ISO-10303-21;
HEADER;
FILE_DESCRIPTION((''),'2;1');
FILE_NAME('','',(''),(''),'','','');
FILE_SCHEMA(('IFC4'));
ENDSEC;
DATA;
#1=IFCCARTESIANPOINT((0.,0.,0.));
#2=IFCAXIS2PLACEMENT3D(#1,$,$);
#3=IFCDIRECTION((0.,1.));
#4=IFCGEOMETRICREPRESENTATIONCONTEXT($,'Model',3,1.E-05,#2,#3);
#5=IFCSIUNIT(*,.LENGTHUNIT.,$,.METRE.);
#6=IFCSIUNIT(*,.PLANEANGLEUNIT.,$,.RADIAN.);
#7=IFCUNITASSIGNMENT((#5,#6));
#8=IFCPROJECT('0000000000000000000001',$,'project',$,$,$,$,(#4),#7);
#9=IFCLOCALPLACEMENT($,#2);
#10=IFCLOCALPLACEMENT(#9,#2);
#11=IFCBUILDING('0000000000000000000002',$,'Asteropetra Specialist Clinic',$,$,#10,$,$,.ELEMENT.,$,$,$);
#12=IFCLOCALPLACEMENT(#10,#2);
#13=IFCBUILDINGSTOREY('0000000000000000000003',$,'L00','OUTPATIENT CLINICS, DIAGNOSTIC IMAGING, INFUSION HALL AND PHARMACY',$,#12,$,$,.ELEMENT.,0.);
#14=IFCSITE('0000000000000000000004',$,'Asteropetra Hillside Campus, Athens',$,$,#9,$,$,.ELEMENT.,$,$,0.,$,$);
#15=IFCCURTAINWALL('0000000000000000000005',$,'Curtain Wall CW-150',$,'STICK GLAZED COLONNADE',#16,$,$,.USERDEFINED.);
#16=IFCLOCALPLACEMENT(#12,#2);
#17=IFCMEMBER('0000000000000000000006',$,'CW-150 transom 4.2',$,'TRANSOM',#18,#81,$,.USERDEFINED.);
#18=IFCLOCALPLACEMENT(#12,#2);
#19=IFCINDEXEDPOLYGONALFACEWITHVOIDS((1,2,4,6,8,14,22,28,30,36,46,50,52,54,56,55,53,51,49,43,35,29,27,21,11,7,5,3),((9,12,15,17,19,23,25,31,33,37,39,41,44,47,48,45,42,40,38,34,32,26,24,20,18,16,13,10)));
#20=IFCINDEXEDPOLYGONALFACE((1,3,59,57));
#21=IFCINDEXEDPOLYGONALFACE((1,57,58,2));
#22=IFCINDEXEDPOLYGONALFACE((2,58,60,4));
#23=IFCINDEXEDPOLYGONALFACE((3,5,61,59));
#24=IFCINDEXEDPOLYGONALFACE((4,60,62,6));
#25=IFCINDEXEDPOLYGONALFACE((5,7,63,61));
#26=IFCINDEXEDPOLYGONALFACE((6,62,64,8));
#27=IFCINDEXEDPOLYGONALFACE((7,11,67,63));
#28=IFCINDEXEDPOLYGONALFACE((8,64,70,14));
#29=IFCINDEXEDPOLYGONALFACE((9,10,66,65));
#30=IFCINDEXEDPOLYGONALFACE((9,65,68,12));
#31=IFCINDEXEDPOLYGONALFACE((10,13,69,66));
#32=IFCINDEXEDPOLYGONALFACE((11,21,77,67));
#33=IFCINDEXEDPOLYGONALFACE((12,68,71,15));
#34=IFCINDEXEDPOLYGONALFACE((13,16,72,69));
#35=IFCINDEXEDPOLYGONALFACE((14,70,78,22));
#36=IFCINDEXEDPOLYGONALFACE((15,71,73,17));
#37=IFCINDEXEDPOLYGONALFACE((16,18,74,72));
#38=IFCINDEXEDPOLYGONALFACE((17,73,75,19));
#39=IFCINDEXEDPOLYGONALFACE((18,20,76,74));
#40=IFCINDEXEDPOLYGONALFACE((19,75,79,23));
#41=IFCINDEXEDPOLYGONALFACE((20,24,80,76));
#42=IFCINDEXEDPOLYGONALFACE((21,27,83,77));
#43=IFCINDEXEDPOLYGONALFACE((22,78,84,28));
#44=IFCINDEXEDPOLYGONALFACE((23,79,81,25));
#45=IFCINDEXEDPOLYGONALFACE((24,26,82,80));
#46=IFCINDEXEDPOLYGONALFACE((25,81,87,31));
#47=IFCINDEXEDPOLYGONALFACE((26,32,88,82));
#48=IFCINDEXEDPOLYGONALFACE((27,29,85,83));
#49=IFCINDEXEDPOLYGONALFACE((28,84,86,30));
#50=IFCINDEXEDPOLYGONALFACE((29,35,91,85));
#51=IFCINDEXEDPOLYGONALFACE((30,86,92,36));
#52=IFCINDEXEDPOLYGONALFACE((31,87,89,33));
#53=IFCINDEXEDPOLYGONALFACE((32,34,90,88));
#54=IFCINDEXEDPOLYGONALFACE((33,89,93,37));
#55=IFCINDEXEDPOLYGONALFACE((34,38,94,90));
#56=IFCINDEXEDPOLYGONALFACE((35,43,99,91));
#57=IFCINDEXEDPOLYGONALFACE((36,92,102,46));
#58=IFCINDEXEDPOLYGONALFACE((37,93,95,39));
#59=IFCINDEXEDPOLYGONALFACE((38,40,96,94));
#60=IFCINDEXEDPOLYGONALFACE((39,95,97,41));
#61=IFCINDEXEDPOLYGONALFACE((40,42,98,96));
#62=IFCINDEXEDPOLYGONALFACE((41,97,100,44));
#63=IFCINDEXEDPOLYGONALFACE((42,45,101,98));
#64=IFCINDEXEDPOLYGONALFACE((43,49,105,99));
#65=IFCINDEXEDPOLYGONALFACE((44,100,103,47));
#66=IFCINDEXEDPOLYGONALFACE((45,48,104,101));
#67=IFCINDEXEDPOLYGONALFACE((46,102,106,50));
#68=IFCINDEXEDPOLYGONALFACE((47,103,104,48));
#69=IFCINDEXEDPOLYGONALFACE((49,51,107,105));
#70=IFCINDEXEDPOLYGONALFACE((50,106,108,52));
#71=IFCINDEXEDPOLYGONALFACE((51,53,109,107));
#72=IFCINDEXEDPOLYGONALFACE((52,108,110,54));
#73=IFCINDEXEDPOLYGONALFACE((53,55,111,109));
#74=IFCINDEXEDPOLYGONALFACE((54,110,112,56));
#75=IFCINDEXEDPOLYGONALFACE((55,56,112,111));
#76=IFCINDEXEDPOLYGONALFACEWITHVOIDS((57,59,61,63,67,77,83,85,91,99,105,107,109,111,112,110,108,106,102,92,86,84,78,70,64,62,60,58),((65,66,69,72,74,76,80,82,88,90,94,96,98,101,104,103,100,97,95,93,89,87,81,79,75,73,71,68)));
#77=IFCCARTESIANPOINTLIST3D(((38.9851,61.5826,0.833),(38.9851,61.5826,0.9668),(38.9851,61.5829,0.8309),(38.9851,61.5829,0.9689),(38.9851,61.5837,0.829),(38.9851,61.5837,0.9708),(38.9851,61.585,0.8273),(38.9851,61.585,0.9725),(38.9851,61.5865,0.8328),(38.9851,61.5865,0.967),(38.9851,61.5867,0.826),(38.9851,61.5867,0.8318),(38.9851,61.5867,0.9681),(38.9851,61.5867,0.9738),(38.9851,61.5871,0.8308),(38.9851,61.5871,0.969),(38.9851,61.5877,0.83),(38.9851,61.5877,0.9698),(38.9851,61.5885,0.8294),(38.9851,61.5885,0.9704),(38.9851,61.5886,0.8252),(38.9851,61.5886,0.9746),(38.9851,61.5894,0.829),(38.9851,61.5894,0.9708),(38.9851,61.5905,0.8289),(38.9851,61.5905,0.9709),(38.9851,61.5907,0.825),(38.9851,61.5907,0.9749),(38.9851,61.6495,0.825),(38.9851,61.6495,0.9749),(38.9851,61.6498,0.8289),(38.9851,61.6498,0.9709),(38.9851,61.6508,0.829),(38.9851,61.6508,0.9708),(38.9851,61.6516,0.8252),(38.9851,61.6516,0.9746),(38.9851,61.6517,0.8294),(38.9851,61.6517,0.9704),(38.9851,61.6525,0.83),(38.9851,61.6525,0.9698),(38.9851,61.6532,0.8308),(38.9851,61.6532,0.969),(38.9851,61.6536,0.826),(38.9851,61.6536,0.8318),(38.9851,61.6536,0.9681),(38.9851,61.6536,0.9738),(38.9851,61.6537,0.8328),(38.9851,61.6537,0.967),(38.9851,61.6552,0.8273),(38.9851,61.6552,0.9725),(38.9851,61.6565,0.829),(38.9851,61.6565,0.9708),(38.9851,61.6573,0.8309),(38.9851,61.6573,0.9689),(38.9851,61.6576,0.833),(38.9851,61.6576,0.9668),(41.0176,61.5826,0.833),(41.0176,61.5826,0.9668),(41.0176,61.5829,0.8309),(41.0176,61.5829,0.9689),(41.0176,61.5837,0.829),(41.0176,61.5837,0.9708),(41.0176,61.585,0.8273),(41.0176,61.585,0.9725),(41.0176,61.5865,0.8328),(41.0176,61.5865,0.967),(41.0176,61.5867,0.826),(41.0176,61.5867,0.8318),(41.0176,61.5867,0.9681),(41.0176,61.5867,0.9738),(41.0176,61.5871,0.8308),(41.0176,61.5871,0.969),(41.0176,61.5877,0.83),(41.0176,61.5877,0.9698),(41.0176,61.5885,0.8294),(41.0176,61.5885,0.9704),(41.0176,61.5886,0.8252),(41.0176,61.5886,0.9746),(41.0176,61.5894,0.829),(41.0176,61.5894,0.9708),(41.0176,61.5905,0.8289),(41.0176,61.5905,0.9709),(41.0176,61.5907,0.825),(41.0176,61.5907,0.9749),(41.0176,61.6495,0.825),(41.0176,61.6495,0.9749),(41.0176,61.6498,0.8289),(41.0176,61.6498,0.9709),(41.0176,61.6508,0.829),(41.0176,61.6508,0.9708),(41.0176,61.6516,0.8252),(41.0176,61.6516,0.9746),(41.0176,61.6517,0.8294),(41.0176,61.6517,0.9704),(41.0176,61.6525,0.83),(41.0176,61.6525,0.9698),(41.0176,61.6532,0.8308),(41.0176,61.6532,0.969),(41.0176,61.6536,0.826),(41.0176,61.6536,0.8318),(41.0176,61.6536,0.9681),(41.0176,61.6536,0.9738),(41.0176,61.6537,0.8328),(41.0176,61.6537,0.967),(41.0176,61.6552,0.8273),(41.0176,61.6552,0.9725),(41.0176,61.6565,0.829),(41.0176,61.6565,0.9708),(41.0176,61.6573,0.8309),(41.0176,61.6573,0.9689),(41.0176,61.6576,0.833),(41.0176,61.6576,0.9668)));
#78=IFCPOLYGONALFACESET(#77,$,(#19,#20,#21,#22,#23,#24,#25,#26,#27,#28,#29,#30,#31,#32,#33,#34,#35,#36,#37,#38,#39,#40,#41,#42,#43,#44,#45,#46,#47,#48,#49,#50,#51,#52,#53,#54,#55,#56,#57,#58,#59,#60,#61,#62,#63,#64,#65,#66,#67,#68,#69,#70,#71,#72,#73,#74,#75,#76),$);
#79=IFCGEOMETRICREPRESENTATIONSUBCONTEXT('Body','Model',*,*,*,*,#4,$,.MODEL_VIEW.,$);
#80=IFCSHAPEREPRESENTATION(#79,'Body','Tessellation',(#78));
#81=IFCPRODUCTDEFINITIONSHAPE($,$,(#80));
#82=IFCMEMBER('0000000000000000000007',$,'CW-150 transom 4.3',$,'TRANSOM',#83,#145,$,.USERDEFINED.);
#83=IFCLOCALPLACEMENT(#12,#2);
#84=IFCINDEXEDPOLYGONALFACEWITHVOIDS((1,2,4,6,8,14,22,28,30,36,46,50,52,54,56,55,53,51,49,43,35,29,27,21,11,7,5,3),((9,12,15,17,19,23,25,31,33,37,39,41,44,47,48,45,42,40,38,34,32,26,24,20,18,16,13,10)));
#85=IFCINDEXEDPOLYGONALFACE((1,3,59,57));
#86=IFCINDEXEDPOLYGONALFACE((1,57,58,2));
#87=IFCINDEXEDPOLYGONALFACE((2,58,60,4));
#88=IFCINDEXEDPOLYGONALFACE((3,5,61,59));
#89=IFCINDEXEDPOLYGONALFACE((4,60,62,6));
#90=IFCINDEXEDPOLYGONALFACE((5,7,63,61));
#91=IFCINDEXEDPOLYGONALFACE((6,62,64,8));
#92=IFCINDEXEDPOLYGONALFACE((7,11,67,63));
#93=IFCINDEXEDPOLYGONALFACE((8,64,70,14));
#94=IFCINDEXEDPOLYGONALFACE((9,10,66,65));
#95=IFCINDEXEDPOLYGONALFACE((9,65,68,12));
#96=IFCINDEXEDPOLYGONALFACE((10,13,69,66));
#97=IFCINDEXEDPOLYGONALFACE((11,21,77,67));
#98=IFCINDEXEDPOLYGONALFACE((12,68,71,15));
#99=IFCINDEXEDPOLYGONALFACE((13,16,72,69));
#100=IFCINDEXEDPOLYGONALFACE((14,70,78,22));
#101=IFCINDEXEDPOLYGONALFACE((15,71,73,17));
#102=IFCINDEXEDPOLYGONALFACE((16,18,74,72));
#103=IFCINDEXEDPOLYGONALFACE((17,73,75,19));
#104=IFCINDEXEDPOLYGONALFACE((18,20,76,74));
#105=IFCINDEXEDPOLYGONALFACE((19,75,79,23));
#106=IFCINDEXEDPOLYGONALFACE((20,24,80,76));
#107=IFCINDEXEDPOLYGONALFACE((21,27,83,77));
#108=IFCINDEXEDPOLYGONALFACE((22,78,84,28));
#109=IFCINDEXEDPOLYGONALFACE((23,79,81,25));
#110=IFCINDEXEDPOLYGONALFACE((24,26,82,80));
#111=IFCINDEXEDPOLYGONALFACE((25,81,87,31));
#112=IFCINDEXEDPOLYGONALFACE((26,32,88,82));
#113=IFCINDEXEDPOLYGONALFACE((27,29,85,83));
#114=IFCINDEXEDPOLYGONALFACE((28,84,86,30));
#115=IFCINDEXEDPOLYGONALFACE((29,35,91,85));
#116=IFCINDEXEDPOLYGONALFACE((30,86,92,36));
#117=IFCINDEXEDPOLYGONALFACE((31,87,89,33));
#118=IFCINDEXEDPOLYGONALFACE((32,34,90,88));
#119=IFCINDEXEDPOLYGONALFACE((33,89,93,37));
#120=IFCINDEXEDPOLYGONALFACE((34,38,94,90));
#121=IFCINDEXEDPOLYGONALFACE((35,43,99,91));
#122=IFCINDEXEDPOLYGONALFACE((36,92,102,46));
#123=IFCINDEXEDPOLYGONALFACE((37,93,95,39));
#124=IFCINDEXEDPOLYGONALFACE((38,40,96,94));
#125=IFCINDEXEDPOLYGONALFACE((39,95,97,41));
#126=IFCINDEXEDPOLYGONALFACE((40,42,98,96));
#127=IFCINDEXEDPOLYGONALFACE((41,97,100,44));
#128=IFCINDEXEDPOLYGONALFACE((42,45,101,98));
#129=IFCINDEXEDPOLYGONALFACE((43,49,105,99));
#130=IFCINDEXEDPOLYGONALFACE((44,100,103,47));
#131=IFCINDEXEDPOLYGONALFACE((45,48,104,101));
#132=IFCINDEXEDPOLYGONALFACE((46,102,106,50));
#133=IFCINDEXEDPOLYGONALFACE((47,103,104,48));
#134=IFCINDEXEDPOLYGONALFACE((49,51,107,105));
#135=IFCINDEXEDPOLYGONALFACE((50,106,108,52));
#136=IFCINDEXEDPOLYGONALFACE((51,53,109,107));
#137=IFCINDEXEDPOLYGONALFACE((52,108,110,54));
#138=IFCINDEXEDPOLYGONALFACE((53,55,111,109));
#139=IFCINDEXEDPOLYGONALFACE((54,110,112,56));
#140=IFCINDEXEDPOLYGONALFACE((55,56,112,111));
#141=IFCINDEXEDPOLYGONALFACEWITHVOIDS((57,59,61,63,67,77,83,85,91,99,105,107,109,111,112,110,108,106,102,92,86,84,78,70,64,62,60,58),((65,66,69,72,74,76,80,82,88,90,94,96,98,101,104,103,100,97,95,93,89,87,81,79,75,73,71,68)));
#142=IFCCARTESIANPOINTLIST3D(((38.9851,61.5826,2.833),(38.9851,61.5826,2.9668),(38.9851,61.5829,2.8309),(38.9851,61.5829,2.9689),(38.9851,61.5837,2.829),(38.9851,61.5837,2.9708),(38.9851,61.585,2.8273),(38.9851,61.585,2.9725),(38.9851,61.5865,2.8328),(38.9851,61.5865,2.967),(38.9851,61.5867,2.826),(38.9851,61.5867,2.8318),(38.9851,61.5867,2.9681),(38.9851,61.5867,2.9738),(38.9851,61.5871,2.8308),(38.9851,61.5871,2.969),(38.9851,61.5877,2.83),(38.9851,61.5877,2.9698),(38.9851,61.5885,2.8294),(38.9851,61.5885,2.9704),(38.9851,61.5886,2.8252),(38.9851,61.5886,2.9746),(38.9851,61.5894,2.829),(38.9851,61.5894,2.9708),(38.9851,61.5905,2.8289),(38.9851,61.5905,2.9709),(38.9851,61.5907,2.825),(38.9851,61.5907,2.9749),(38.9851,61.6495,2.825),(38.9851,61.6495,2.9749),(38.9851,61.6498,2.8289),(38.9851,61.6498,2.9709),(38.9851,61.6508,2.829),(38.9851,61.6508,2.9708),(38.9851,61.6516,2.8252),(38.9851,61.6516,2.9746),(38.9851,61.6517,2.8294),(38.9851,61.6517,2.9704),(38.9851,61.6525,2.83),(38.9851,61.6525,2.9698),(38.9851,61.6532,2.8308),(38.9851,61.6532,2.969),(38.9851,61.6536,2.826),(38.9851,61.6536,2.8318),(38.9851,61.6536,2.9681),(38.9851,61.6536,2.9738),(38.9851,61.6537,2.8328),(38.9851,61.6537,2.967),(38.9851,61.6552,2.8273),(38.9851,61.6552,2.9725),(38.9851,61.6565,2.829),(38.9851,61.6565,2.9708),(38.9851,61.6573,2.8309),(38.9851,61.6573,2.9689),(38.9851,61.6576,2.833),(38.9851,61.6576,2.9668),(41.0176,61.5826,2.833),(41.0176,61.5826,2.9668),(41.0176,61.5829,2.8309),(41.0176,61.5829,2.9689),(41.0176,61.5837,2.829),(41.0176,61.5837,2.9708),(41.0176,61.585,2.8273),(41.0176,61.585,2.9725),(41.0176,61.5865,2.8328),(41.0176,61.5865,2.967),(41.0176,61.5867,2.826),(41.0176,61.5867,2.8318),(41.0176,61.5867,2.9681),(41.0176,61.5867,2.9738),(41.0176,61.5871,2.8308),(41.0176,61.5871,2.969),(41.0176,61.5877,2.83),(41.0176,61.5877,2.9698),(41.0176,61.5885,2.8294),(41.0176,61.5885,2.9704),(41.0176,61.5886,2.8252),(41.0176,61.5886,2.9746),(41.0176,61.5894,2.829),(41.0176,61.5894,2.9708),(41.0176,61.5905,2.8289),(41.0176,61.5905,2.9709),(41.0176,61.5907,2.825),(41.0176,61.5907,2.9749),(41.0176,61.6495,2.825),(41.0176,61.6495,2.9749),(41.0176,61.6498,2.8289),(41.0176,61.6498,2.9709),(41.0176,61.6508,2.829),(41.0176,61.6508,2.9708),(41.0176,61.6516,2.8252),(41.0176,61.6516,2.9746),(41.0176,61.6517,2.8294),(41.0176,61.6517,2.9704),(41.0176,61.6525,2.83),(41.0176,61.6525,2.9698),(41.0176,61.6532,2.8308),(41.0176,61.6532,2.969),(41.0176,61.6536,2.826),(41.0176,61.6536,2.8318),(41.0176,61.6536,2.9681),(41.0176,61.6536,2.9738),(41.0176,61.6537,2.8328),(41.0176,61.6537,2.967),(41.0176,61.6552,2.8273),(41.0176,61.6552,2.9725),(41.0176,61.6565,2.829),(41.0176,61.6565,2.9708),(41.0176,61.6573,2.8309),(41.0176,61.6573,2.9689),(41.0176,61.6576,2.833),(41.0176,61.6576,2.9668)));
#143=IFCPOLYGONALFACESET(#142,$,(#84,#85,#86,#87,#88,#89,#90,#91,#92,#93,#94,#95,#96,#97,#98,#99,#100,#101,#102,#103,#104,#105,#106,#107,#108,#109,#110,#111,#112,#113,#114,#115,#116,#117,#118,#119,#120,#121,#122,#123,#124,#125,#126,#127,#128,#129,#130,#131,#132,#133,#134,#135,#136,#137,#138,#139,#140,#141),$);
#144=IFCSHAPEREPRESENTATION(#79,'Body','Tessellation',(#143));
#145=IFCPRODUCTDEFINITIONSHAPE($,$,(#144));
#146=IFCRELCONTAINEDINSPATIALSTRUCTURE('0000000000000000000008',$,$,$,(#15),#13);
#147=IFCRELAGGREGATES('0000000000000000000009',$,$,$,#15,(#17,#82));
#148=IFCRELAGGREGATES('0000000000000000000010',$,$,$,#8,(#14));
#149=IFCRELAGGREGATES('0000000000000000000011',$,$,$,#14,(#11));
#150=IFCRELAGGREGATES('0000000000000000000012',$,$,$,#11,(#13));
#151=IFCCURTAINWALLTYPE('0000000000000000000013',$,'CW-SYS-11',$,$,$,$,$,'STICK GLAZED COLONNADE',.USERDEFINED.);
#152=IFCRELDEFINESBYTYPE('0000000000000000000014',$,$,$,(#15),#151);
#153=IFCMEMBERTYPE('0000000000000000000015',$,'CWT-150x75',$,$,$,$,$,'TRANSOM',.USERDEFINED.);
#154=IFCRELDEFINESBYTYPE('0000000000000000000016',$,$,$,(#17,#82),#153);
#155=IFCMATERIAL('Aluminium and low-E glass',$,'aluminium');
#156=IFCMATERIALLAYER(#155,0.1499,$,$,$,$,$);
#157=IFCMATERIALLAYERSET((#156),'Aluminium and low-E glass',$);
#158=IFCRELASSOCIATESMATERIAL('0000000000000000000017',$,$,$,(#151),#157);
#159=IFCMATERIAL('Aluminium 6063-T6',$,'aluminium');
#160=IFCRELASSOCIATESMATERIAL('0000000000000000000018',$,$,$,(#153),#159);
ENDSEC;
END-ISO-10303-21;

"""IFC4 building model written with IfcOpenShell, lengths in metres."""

from ifc_helpers import new_model, si_unit, direction, frame, origin, origin_2d, place, context, subcontext, project, spatial, hollow_rectangle, extrude, material, layer, layer_set, material_profile, profile_set, type_object, element, aggregate, save


model = new_model("IFC4")

# Units and contexts
model_context = context("Model", 3, precision=1e-05, world=origin(), true_north=direction((0.0, 1.0)))
body_context = subcontext(model_context, "Body", "Model", "MODEL_VIEW")
ifc_project = project(units=[si_unit("LENGTHUNIT", "METRE"), si_unit("PLANEANGLEUNIT", "RADIAN")], contexts=[model_context])

# Site, building, storey
site_placement = place(None, origin())
site = spatial("IfcSite", under=ifc_project, at=site_placement, Name="Asteropetra Hillside Campus, Athens", CompositionType="ELEMENT", RefElevation=0.0)
building_placement = place(site_placement, origin())
building = spatial("IfcBuilding", under=site, at=building_placement, Name="Asteropetra Specialist Clinic", CompositionType="ELEMENT")
storey_placement = place(building_placement, origin())
storey = spatial("IfcBuildingStorey", under=building, at=storey_placement, Name="L00", Description="OUTPATIENT CLINICS, DIAGNOSTIC IMAGING, INFUSION HALL AND PHARMACY", CompositionType="ELEMENT", Elevation=0.0)

# Curtain wall, members
ifc_material_1 = material(Name="Aluminium and low-E glass", Category="aluminium")
ifc_layer_1 = layer(ifc_material_1, 0.1499)
ifc_layer_set_1 = layer_set([ifc_layer_1], Name="Aluminium and low-E glass")
curtain_wall_type = type_object("IfcCurtainWallType", Name="CW-SYS-11", ElementType="STICK GLAZED COLONNADE", PredefinedType="USERDEFINED", material=ifc_layer_set_1)
curtain_wall_placement = place(storey_placement, origin())
curtain_wall = element("IfcCurtainWall", 1, at=curtain_wall_placement, inside=storey, type_object=curtain_wall_type, Name="Curtain Wall CW-150", ObjectType="STICK GLAZED COLONNADE", PredefinedType="USERDEFINED")
ifc_material_2 = material(Name="Aluminium 6063-T6", Category="aluminium")
ifc_material_profile_1 = material_profile(ifc_material_2, hollow_rectangle(XDim=0.075, YDim=0.1499, WallThickness=0.0039, InnerFilletRadius=0.0039, OuterFilletRadius=0.0081, at=origin_2d()), Name="TRN 150x75x4.0")
ifc_profile_set_1 = profile_set([ifc_material_profile_1], Name="Aluminium 6063-T6")
member_type_1 = type_object("IfcMemberType", Name="CWT-150x75", ElementType="TRANSOM", PredefinedType="USERDEFINED", material=ifc_profile_set_1)
member_1_placement = place(storey_placement, frame((41.0176, 61.6201, 0.8999), z_axis=(-1.0, 0.0, 0.0), x_axis=(0.0, -1.0, 0.0)))
member_1 = element("IfcMember", 2, at=member_1_placement, type_object=member_type_1, Name="CW-150 transom 4.2", ObjectType="TRANSOM", PredefinedType="USERDEFINED", context=body_context, shape_type="SweptSolid", body=[
    extrude(hollow_rectangle(XDim=0.075, YDim=0.1499, WallThickness=0.0039, InnerFilletRadius=0.0039, OuterFilletRadius=0.0081, at=origin_2d()), origin(), (0.0, 0.0, 1.0), 2.0325),
])
member_2_placement = place(storey_placement, frame((41.0176, 61.6201, 2.8999), z_axis=(-1.0, 0.0, 0.0), x_axis=(0.0, -1.0, 0.0)))
member_2 = element("IfcMember", 3, at=member_2_placement, type_object=member_type_1, Name="CW-150 transom 4.3", ObjectType="TRANSOM", PredefinedType="USERDEFINED", context=body_context, shape_type="SweptSolid", body=[
    extrude(hollow_rectangle(XDim=0.075, YDim=0.1499, WallThickness=0.0039, InnerFilletRadius=0.0039, OuterFilletRadius=0.0081, at=origin_2d()), origin(), (0.0, 0.0, 1.0), 2.0325),
])

aggregate(curtain_wall, [member_1, member_2])

save(model, "model.ifc")
